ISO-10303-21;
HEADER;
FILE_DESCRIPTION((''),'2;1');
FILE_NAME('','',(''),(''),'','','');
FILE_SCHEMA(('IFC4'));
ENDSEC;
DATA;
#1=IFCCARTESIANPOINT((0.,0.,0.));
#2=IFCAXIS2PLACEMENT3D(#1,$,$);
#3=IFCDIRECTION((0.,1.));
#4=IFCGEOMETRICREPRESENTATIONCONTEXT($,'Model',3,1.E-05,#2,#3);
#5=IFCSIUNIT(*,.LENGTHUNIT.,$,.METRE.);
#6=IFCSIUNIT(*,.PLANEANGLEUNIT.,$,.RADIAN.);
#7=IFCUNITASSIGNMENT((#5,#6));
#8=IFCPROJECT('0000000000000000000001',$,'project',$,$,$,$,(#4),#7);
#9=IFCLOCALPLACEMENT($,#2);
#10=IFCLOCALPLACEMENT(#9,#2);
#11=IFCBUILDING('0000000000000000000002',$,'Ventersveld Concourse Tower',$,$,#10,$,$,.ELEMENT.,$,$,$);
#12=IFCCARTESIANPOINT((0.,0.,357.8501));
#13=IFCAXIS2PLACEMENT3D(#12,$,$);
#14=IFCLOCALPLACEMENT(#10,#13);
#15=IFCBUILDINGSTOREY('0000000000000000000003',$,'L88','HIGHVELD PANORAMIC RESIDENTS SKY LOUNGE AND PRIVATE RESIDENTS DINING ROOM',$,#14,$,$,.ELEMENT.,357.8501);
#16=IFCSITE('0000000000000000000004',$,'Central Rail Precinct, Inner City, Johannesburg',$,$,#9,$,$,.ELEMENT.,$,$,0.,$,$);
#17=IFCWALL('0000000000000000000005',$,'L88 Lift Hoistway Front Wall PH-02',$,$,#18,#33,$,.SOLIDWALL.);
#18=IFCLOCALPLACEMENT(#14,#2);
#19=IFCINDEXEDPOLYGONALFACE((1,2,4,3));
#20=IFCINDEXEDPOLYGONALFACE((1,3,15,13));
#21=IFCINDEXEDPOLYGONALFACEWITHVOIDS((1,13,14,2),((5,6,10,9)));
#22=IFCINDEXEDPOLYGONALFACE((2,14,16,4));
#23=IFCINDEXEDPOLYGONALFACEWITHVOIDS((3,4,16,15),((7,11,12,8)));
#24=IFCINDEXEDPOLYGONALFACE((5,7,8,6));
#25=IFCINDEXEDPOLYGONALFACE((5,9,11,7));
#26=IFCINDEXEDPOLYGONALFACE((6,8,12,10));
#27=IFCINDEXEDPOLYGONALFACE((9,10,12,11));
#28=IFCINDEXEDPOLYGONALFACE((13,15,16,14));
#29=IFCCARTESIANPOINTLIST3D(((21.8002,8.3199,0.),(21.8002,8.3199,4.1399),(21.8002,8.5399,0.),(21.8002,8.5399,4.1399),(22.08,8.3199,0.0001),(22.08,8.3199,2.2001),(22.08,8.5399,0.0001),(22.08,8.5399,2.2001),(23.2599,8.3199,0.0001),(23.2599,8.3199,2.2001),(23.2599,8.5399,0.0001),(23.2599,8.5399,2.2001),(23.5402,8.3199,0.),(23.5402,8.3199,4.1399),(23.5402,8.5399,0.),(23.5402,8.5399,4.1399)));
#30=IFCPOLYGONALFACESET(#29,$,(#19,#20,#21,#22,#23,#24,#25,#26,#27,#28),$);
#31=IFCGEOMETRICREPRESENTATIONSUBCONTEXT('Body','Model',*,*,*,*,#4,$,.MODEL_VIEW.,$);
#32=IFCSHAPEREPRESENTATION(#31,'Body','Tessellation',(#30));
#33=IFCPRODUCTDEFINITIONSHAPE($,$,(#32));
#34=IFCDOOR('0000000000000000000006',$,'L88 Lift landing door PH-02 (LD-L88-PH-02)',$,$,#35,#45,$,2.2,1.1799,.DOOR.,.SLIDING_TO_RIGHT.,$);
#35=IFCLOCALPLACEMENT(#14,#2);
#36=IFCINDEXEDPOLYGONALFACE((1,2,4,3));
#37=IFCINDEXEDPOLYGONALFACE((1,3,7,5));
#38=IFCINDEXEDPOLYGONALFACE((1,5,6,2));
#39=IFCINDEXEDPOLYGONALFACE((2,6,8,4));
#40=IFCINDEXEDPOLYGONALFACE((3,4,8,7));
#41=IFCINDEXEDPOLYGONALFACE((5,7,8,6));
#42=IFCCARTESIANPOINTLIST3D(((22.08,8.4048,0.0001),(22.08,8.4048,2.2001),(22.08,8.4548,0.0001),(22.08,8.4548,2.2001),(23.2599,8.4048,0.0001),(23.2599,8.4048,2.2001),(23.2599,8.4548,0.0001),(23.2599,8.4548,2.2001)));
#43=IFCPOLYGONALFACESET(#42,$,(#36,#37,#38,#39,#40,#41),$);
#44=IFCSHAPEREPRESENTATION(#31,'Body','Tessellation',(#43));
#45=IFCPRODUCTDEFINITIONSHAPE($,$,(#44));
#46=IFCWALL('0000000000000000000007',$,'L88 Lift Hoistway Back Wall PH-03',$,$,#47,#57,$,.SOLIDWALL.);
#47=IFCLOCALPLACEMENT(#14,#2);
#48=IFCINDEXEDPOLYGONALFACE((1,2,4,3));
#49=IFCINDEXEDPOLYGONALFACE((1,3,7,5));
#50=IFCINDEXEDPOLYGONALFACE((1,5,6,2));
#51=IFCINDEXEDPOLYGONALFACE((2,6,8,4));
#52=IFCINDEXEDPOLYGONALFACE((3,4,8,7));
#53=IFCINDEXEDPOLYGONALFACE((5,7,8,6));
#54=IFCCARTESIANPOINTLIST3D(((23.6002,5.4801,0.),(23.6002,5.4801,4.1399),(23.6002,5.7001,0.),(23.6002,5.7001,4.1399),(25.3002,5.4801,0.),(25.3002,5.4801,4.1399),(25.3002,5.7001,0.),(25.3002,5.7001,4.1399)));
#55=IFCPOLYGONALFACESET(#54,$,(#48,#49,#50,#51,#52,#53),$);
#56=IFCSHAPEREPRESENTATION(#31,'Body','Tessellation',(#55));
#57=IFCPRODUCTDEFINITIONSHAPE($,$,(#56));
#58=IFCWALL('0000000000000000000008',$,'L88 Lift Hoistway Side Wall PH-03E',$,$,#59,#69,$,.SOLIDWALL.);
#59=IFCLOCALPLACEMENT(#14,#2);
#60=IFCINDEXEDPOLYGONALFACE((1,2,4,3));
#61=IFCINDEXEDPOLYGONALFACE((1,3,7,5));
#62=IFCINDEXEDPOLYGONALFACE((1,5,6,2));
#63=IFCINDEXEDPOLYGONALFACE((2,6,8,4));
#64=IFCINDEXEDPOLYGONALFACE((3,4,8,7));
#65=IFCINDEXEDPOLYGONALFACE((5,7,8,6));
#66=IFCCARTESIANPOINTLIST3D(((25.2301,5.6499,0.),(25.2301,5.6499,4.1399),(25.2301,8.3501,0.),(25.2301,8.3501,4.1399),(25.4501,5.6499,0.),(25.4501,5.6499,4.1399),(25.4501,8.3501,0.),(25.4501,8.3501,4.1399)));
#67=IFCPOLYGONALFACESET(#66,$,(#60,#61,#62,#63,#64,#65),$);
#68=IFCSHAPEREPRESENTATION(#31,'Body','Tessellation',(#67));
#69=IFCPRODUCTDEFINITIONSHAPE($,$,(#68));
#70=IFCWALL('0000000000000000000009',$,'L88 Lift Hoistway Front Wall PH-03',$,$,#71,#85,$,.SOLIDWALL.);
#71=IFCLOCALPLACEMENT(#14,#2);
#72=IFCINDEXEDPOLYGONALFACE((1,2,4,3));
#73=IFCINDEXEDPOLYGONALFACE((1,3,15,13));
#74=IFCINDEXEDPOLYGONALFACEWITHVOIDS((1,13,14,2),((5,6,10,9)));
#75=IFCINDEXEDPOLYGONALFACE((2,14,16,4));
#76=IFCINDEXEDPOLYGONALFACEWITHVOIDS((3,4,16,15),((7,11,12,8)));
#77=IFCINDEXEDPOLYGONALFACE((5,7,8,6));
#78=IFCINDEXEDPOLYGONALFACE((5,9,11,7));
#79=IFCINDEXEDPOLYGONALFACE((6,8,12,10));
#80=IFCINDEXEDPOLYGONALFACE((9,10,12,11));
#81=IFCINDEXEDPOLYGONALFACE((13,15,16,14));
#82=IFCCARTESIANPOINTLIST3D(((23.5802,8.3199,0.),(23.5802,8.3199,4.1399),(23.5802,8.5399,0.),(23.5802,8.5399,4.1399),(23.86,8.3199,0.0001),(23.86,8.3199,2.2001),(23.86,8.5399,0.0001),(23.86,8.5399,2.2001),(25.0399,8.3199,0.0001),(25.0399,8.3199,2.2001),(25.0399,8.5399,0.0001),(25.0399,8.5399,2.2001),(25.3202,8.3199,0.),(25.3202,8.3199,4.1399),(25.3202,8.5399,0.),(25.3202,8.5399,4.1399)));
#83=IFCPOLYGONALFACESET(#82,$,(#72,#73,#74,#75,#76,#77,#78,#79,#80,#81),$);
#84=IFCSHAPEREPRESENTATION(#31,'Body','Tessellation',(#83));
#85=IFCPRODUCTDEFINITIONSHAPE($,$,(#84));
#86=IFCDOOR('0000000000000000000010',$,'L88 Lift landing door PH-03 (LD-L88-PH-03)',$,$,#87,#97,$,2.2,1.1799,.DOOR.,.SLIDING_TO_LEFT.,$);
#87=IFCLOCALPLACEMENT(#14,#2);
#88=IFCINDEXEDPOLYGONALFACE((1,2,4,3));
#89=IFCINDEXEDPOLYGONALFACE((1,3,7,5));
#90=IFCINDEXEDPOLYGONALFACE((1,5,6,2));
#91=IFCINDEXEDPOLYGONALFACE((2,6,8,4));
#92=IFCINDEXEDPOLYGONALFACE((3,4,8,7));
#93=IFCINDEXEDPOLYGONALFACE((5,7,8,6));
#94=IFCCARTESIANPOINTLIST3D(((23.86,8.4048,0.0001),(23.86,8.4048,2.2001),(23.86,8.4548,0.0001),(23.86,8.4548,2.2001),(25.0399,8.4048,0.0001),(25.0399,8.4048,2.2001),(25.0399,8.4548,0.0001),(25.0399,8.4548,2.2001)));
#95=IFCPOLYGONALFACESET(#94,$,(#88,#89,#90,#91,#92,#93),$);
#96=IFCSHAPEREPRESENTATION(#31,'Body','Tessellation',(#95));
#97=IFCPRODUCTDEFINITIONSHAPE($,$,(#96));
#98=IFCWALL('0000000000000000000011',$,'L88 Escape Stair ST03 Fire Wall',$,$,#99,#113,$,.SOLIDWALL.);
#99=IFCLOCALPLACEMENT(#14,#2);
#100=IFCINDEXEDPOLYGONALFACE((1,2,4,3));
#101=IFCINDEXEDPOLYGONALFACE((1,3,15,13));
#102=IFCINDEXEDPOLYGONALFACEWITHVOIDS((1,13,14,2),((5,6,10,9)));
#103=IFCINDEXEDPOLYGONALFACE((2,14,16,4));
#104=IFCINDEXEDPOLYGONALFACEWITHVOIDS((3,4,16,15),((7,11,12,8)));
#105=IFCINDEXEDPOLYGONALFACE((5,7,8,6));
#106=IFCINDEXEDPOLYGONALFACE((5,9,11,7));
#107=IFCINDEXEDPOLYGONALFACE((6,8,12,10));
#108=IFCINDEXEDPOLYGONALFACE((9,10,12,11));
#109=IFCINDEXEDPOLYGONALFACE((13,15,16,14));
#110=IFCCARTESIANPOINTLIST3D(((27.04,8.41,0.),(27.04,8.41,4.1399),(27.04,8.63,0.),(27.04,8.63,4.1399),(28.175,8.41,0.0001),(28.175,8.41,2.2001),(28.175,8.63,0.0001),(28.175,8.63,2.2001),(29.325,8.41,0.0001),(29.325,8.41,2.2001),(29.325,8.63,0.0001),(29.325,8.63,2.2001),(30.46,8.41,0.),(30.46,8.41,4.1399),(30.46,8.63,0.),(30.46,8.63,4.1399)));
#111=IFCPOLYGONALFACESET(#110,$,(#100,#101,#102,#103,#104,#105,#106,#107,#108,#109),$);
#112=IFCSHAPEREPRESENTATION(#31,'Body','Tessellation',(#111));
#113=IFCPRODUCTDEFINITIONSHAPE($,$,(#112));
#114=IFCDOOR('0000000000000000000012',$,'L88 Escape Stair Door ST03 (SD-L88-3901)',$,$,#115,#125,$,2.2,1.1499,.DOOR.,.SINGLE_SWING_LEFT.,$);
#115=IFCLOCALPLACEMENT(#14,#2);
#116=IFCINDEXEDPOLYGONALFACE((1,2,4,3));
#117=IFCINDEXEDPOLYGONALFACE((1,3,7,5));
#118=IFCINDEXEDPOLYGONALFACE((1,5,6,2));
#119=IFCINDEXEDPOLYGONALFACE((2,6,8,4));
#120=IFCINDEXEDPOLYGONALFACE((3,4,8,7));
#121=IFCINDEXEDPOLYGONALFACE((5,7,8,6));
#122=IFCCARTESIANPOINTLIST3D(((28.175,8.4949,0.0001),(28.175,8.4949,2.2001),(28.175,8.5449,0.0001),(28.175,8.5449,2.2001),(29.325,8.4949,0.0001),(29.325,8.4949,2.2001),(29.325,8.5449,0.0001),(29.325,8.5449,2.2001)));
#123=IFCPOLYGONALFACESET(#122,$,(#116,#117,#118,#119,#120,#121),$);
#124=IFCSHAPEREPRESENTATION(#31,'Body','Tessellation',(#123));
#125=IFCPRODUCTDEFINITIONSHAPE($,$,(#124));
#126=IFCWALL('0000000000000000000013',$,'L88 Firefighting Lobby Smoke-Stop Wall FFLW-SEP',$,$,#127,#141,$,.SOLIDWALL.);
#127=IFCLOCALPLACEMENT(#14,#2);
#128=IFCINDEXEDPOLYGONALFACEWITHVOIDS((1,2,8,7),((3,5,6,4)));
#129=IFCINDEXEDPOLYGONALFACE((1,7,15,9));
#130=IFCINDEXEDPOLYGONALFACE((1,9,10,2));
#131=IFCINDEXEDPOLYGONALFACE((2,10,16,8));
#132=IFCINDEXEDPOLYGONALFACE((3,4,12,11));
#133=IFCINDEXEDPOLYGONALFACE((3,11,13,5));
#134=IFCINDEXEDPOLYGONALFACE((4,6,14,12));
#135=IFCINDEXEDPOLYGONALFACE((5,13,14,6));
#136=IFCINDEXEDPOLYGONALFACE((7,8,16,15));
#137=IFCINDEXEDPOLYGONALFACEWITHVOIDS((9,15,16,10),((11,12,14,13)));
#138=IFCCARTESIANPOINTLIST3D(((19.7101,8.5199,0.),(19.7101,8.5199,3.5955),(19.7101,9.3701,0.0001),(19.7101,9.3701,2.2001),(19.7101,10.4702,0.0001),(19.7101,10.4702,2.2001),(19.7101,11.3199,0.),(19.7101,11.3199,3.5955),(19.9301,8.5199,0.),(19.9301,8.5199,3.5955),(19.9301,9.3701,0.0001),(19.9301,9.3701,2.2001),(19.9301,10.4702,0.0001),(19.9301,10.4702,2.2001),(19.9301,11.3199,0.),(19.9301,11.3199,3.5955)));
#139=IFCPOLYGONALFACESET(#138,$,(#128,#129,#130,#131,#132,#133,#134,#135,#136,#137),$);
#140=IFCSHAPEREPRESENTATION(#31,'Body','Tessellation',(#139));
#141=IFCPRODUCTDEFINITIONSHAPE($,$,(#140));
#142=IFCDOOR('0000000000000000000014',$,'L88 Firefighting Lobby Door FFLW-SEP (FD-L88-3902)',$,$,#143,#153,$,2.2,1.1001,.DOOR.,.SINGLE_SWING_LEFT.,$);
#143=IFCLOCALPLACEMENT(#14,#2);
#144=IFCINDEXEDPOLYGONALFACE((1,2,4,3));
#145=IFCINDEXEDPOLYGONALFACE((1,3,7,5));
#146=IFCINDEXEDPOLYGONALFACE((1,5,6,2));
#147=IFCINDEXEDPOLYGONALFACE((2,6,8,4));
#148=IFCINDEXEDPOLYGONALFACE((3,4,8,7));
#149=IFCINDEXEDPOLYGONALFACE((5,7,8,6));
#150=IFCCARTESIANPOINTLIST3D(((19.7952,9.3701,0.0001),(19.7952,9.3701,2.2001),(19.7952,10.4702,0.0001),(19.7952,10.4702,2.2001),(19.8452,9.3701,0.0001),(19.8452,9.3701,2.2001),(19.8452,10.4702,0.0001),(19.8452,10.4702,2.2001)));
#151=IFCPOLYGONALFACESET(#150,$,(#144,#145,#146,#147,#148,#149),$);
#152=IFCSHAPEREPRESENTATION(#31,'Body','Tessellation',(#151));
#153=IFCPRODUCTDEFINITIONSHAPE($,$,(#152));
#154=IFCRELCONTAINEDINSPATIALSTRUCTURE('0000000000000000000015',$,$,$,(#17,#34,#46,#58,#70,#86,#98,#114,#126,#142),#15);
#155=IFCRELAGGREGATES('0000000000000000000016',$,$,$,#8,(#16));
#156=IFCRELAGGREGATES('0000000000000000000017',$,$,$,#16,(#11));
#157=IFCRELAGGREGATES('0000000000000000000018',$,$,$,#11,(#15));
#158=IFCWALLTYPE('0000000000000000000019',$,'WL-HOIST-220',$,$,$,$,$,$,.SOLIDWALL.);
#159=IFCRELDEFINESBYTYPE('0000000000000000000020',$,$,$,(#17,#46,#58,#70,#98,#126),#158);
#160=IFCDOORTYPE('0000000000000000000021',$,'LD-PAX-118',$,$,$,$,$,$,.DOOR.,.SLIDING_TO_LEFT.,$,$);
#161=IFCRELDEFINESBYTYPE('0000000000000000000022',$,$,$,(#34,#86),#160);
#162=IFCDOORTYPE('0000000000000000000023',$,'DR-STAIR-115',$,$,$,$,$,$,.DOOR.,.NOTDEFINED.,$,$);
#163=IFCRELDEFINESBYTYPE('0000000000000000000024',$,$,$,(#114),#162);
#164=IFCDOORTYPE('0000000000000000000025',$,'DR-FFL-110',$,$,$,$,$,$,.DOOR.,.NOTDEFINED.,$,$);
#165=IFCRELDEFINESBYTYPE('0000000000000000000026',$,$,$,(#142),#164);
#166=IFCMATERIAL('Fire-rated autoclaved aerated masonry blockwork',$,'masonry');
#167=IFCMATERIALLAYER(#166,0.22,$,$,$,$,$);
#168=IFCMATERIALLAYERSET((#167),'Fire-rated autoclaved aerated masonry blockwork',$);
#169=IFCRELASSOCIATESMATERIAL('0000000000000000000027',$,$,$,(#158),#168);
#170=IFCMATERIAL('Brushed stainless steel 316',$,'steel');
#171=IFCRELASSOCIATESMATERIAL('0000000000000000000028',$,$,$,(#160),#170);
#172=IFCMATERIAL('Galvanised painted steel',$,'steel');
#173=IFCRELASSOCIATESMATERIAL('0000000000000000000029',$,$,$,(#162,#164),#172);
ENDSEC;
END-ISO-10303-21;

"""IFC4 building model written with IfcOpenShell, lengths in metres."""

from ifc_helpers import new_model, si_unit, direction, frame, frame_2d, origin, place, context, subcontext, project, spatial, rectangle, extrude, material, layer, layer_set, type_object, element, fill, save


model = new_model("IFC4")

# Units and contexts
model_context = context("Model", 3, precision=1e-05, world=origin(), true_north=direction((0.0, 1.0)))
body_context = subcontext(model_context, "Body", "Model", "MODEL_VIEW")
ifc_project = project(units=[si_unit("LENGTHUNIT", "METRE"), si_unit("PLANEANGLEUNIT", "RADIAN")], contexts=[model_context])

# Site, building, storey
site_placement = place(None, origin())
site = spatial("IfcSite", under=ifc_project, at=site_placement, Name="Central Rail Precinct, Inner City, Johannesburg", CompositionType="ELEMENT", RefElevation=0.0)
building_placement = place(site_placement, origin())
building = spatial("IfcBuilding", under=site, at=building_placement, Name="Ventersveld Concourse Tower", CompositionType="ELEMENT")
storey_placement = place(building_placement, frame((0.0, 0.0, 357.8501)))
storey = spatial("IfcBuildingStorey", under=building, at=storey_placement, Name="L88", Description="HIGHVELD PANORAMIC RESIDENTS SKY LOUNGE AND PRIVATE RESIDENTS DINING ROOM", CompositionType="ELEMENT", Elevation=357.8501)

# Shared definitions
ifc_material_1 = material(Name="Fire-rated autoclaved aerated masonry blockwork", Category="masonry")
ifc_material_2 = material(Name="Galvanised painted steel", Category="steel")

# Shared definitions
ifc_layer_1 = layer(ifc_material_1, 0.22)
ifc_layer_set_1 = layer_set([ifc_layer_1], Name="Fire-rated autoclaved aerated masonry blockwork")
wall_type_1 = type_object("IfcWallType", Name="WL-HOIST-220", PredefinedType="SOLIDWALL", material=ifc_layer_set_1)

# Shared definitions
ifc_material_3 = material(Name="Brushed stainless steel 316", Category="steel")
door_type_1 = type_object("IfcDoorType", Name="LD-PAX-118", OperationType="SLIDING_TO_LEFT", PredefinedType="DOOR", material=ifc_material_3)

# Wall, opening, door
wall_1_placement = place(storey_placement, frame((21.8, 8.4299, 0.0), z_axis=(0.0, 0.0, 1.0), x_axis=(1.0, 0.0, 0.0)))
wall_1 = element("IfcWall", 1, at=wall_1_placement, inside=storey, type_object=wall_type_1, Name="L88 Lift Hoistway Front Wall PH-02", PredefinedType="SOLIDWALL", context=body_context, shape_type="SweptSolid", body=[
    extrude(rectangle(XDim=1.74, YDim=0.22, at=frame_2d((0.8701, 0.0))), origin(), (0.0, 0.0, 1.0), 4.1399),
])
opening_1_placement = place(wall_1_placement, frame((0.28, 0.0, 0.0)))
opening_1 = element("IfcOpeningElement", 2, at=opening_1_placement, cuts=wall_1, PredefinedType="OPENING", context=body_context, shape_type="SweptSolid", body=[
    extrude(rectangle(XDim=1.1799, YDim=2.2, at=frame_2d((0.5898, 1.1001))), frame((0.0, 0.1201, 0.0), z_axis=(0.0, -1.0, 0.0), x_axis=(1.0, 0.0, 0.0)), (0.0, 0.0, 1.0), 0.24),
])
door_1_placement = place(opening_1_placement, origin())
door_1 = element("IfcDoor", 3, at=door_1_placement, inside=storey, type_object=door_type_1, Name="L88 Lift landing door PH-02 (LD-L88-PH-02)", OperationType="SLIDING_TO_RIGHT", OverallHeight=2.2, OverallWidth=1.1799, PredefinedType="DOOR", context=body_context, shape_type="SweptSolid", body=[
    extrude(rectangle(XDim=1.1799, YDim=2.2, at=frame_2d((0.5898, 1.1001))), frame((0.0, 0.0249, 0.0), z_axis=(0.0, -1.0, 0.0), x_axis=(1.0, 0.0, 0.0)), (0.0, 0.0, 1.0), 0.05),
])
fill(opening_1, door_1)

# Walls
wall_2_placement = place(storey_placement, frame((23.6001, 5.5901, 0.0), z_axis=(0.0, 0.0, 1.0), x_axis=(1.0, 0.0, 0.0)))
element("IfcWall", 4, at=wall_2_placement, inside=storey, type_object=wall_type_1, Name="L88 Lift Hoistway Back Wall PH-03", PredefinedType="SOLIDWALL", context=body_context, shape_type="SweptSolid", body=[
    extrude(rectangle(XDim=1.7, YDim=0.22, at=frame_2d((0.8501, 0.0))), origin(), (0.0, 0.0, 1.0), 4.1399),
])
wall_3_placement = place(storey_placement, frame((25.3401, 5.6499, 0.0), z_axis=(0.0, 0.0, 1.0), x_axis=(0.0, 1.0, 0.0)))
element("IfcWall", 5, at=wall_3_placement, inside=storey, type_object=wall_type_1, Name="L88 Lift Hoistway Side Wall PH-03E", PredefinedType="SOLIDWALL", context=body_context, shape_type="SweptSolid", body=[
    extrude(rectangle(XDim=2.7002, YDim=0.22, at=frame_2d((1.3501, 0.0))), origin(), (0.0, 0.0, 1.0), 4.1399),
])

# Walls, openings, doors
wall_4_placement = place(storey_placement, frame((23.5801, 8.4299, 0.0), z_axis=(0.0, 0.0, 1.0), x_axis=(1.0, 0.0, 0.0)))
wall_4 = element("IfcWall", 6, at=wall_4_placement, inside=storey, type_object=wall_type_1, Name="L88 Lift Hoistway Front Wall PH-03", PredefinedType="SOLIDWALL", context=body_context, shape_type="SweptSolid", body=[
    extrude(rectangle(XDim=1.74, YDim=0.22, at=frame_2d((0.8701, 0.0))), origin(), (0.0, 0.0, 1.0), 4.1399),
])
opening_2_placement = place(wall_4_placement, frame((0.28, 0.0, 0.0)))
opening_2 = element("IfcOpeningElement", 7, at=opening_2_placement, cuts=wall_4, PredefinedType="OPENING", context=body_context, shape_type="SweptSolid", body=[
    extrude(rectangle(XDim=1.1799, YDim=2.2, at=frame_2d((0.5898, 1.1001))), frame((0.0, 0.1201, 0.0), z_axis=(0.0, -1.0, 0.0), x_axis=(1.0, 0.0, 0.0)), (0.0, 0.0, 1.0), 0.24),
])
door_2_placement = place(opening_2_placement, origin())
door_2 = element("IfcDoor", 8, at=door_2_placement, inside=storey, type_object=door_type_1, Name="L88 Lift landing door PH-03 (LD-L88-PH-03)", OperationType="SLIDING_TO_LEFT", OverallHeight=2.2, OverallWidth=1.1799, PredefinedType="DOOR", context=body_context, shape_type="SweptSolid", body=[
    extrude(rectangle(XDim=1.1799, YDim=2.2, at=frame_2d((0.5898, 1.1001))), frame((0.0, 0.0249, 0.0), z_axis=(0.0, -1.0, 0.0), x_axis=(1.0, 0.0, 0.0)), (0.0, 0.0, 1.0), 0.05),
])
fill(opening_2, door_2)
wall_5_placement = place(storey_placement, frame((27.04, 8.52, 0.0), z_axis=(0.0, 0.0, 1.0), x_axis=(1.0, 0.0, 0.0)))
wall_5 = element("IfcWall", 9, at=wall_5_placement, inside=storey, type_object=wall_type_1, Name="L88 Escape Stair ST03 Fire Wall", PredefinedType="SOLIDWALL", context=body_context, shape_type="SweptSolid", body=[
    extrude(rectangle(XDim=3.4199, YDim=0.22, at=frame_2d((1.71, 0.0))), origin(), (0.0, 0.0, 1.0), 4.1399),
])
opening_3_placement = place(wall_5_placement, frame((1.135, 0.0, 0.0)))
opening_3 = element("IfcOpeningElement", 10, at=opening_3_placement, cuts=wall_5, PredefinedType="OPENING", context=body_context, shape_type="SweptSolid", body=[
    extrude(rectangle(XDim=1.1499, YDim=2.2, at=frame_2d((0.575, 1.1001))), frame((0.0, 0.1201, 0.0), z_axis=(0.0, -1.0, 0.0), x_axis=(1.0, 0.0, 0.0)), (0.0, 0.0, 1.0), 0.24),
])
door_type_2 = type_object("IfcDoorType", Name="DR-STAIR-115", OperationType="NOTDEFINED", PredefinedType="DOOR", material=ifc_material_2)
door_3_placement = place(opening_3_placement, origin())
door_3 = element("IfcDoor", 11, at=door_3_placement, inside=storey, type_object=door_type_2, Name="L88 Escape Stair Door ST03 (SD-L88-3901)", OperationType="SINGLE_SWING_LEFT", OverallHeight=2.2, OverallWidth=1.1499, PredefinedType="DOOR", context=body_context, shape_type="SweptSolid", body=[
    extrude(rectangle(XDim=1.1499, YDim=2.2, at=frame_2d((0.575, 1.1001))), frame((0.0, 0.0249, 0.0), z_axis=(0.0, -1.0, 0.0), x_axis=(1.0, 0.0, 0.0)), (0.0, 0.0, 1.0), 0.05),
])
fill(opening_3, door_3)
wall_6_placement = place(storey_placement, frame((19.8201, 8.52, 0.0), z_axis=(0.0, 0.0, 1.0), x_axis=(0.0, 1.0, 0.0)))
wall_6 = element("IfcWall", 12, at=wall_6_placement, inside=storey, type_object=wall_type_1, Name="L88 Firefighting Lobby Smoke-Stop Wall FFLW-SEP", PredefinedType="SOLIDWALL", context=body_context, shape_type="SweptSolid", body=[
    extrude(rectangle(XDim=2.8, YDim=0.22, at=frame_2d((1.3999, 0.0))), origin(), (0.0, 0.0, 1.0), 3.5955),
])
opening_4_placement = place(wall_6_placement, frame((0.8501, 0.0, 0.0)))
opening_4 = element("IfcOpeningElement", 13, at=opening_4_placement, cuts=wall_6, PredefinedType="OPENING", context=body_context, shape_type="SweptSolid", body=[
    extrude(rectangle(XDim=1.1001, YDim=2.2, at=frame_2d((0.55, 1.1001))), frame((0.0, 0.1201, 0.0), z_axis=(0.0, -1.0, 0.0), x_axis=(1.0, 0.0, 0.0)), (0.0, 0.0, 1.0), 0.24),
])
door_type_3 = type_object("IfcDoorType", Name="DR-FFL-110", OperationType="NOTDEFINED", PredefinedType="DOOR", material=ifc_material_2)
door_4_placement = place(opening_4_placement, origin())
door_4 = element("IfcDoor", 14, at=door_4_placement, inside=storey, type_object=door_type_3, Name="L88 Firefighting Lobby Door FFLW-SEP (FD-L88-3902)", OperationType="SINGLE_SWING_LEFT", OverallHeight=2.2, OverallWidth=1.1001, PredefinedType="DOOR", context=body_context, shape_type="SweptSolid", body=[
    extrude(rectangle(XDim=1.1001, YDim=2.2, at=frame_2d((0.55, 1.1001))), frame((0.0, 0.0249, 0.0), z_axis=(0.0, -1.0, 0.0), x_axis=(1.0, 0.0, 0.0)), (0.0, 0.0, 1.0), 0.05),
])
fill(opening_4, door_4)

save(model, "model.ifc")
